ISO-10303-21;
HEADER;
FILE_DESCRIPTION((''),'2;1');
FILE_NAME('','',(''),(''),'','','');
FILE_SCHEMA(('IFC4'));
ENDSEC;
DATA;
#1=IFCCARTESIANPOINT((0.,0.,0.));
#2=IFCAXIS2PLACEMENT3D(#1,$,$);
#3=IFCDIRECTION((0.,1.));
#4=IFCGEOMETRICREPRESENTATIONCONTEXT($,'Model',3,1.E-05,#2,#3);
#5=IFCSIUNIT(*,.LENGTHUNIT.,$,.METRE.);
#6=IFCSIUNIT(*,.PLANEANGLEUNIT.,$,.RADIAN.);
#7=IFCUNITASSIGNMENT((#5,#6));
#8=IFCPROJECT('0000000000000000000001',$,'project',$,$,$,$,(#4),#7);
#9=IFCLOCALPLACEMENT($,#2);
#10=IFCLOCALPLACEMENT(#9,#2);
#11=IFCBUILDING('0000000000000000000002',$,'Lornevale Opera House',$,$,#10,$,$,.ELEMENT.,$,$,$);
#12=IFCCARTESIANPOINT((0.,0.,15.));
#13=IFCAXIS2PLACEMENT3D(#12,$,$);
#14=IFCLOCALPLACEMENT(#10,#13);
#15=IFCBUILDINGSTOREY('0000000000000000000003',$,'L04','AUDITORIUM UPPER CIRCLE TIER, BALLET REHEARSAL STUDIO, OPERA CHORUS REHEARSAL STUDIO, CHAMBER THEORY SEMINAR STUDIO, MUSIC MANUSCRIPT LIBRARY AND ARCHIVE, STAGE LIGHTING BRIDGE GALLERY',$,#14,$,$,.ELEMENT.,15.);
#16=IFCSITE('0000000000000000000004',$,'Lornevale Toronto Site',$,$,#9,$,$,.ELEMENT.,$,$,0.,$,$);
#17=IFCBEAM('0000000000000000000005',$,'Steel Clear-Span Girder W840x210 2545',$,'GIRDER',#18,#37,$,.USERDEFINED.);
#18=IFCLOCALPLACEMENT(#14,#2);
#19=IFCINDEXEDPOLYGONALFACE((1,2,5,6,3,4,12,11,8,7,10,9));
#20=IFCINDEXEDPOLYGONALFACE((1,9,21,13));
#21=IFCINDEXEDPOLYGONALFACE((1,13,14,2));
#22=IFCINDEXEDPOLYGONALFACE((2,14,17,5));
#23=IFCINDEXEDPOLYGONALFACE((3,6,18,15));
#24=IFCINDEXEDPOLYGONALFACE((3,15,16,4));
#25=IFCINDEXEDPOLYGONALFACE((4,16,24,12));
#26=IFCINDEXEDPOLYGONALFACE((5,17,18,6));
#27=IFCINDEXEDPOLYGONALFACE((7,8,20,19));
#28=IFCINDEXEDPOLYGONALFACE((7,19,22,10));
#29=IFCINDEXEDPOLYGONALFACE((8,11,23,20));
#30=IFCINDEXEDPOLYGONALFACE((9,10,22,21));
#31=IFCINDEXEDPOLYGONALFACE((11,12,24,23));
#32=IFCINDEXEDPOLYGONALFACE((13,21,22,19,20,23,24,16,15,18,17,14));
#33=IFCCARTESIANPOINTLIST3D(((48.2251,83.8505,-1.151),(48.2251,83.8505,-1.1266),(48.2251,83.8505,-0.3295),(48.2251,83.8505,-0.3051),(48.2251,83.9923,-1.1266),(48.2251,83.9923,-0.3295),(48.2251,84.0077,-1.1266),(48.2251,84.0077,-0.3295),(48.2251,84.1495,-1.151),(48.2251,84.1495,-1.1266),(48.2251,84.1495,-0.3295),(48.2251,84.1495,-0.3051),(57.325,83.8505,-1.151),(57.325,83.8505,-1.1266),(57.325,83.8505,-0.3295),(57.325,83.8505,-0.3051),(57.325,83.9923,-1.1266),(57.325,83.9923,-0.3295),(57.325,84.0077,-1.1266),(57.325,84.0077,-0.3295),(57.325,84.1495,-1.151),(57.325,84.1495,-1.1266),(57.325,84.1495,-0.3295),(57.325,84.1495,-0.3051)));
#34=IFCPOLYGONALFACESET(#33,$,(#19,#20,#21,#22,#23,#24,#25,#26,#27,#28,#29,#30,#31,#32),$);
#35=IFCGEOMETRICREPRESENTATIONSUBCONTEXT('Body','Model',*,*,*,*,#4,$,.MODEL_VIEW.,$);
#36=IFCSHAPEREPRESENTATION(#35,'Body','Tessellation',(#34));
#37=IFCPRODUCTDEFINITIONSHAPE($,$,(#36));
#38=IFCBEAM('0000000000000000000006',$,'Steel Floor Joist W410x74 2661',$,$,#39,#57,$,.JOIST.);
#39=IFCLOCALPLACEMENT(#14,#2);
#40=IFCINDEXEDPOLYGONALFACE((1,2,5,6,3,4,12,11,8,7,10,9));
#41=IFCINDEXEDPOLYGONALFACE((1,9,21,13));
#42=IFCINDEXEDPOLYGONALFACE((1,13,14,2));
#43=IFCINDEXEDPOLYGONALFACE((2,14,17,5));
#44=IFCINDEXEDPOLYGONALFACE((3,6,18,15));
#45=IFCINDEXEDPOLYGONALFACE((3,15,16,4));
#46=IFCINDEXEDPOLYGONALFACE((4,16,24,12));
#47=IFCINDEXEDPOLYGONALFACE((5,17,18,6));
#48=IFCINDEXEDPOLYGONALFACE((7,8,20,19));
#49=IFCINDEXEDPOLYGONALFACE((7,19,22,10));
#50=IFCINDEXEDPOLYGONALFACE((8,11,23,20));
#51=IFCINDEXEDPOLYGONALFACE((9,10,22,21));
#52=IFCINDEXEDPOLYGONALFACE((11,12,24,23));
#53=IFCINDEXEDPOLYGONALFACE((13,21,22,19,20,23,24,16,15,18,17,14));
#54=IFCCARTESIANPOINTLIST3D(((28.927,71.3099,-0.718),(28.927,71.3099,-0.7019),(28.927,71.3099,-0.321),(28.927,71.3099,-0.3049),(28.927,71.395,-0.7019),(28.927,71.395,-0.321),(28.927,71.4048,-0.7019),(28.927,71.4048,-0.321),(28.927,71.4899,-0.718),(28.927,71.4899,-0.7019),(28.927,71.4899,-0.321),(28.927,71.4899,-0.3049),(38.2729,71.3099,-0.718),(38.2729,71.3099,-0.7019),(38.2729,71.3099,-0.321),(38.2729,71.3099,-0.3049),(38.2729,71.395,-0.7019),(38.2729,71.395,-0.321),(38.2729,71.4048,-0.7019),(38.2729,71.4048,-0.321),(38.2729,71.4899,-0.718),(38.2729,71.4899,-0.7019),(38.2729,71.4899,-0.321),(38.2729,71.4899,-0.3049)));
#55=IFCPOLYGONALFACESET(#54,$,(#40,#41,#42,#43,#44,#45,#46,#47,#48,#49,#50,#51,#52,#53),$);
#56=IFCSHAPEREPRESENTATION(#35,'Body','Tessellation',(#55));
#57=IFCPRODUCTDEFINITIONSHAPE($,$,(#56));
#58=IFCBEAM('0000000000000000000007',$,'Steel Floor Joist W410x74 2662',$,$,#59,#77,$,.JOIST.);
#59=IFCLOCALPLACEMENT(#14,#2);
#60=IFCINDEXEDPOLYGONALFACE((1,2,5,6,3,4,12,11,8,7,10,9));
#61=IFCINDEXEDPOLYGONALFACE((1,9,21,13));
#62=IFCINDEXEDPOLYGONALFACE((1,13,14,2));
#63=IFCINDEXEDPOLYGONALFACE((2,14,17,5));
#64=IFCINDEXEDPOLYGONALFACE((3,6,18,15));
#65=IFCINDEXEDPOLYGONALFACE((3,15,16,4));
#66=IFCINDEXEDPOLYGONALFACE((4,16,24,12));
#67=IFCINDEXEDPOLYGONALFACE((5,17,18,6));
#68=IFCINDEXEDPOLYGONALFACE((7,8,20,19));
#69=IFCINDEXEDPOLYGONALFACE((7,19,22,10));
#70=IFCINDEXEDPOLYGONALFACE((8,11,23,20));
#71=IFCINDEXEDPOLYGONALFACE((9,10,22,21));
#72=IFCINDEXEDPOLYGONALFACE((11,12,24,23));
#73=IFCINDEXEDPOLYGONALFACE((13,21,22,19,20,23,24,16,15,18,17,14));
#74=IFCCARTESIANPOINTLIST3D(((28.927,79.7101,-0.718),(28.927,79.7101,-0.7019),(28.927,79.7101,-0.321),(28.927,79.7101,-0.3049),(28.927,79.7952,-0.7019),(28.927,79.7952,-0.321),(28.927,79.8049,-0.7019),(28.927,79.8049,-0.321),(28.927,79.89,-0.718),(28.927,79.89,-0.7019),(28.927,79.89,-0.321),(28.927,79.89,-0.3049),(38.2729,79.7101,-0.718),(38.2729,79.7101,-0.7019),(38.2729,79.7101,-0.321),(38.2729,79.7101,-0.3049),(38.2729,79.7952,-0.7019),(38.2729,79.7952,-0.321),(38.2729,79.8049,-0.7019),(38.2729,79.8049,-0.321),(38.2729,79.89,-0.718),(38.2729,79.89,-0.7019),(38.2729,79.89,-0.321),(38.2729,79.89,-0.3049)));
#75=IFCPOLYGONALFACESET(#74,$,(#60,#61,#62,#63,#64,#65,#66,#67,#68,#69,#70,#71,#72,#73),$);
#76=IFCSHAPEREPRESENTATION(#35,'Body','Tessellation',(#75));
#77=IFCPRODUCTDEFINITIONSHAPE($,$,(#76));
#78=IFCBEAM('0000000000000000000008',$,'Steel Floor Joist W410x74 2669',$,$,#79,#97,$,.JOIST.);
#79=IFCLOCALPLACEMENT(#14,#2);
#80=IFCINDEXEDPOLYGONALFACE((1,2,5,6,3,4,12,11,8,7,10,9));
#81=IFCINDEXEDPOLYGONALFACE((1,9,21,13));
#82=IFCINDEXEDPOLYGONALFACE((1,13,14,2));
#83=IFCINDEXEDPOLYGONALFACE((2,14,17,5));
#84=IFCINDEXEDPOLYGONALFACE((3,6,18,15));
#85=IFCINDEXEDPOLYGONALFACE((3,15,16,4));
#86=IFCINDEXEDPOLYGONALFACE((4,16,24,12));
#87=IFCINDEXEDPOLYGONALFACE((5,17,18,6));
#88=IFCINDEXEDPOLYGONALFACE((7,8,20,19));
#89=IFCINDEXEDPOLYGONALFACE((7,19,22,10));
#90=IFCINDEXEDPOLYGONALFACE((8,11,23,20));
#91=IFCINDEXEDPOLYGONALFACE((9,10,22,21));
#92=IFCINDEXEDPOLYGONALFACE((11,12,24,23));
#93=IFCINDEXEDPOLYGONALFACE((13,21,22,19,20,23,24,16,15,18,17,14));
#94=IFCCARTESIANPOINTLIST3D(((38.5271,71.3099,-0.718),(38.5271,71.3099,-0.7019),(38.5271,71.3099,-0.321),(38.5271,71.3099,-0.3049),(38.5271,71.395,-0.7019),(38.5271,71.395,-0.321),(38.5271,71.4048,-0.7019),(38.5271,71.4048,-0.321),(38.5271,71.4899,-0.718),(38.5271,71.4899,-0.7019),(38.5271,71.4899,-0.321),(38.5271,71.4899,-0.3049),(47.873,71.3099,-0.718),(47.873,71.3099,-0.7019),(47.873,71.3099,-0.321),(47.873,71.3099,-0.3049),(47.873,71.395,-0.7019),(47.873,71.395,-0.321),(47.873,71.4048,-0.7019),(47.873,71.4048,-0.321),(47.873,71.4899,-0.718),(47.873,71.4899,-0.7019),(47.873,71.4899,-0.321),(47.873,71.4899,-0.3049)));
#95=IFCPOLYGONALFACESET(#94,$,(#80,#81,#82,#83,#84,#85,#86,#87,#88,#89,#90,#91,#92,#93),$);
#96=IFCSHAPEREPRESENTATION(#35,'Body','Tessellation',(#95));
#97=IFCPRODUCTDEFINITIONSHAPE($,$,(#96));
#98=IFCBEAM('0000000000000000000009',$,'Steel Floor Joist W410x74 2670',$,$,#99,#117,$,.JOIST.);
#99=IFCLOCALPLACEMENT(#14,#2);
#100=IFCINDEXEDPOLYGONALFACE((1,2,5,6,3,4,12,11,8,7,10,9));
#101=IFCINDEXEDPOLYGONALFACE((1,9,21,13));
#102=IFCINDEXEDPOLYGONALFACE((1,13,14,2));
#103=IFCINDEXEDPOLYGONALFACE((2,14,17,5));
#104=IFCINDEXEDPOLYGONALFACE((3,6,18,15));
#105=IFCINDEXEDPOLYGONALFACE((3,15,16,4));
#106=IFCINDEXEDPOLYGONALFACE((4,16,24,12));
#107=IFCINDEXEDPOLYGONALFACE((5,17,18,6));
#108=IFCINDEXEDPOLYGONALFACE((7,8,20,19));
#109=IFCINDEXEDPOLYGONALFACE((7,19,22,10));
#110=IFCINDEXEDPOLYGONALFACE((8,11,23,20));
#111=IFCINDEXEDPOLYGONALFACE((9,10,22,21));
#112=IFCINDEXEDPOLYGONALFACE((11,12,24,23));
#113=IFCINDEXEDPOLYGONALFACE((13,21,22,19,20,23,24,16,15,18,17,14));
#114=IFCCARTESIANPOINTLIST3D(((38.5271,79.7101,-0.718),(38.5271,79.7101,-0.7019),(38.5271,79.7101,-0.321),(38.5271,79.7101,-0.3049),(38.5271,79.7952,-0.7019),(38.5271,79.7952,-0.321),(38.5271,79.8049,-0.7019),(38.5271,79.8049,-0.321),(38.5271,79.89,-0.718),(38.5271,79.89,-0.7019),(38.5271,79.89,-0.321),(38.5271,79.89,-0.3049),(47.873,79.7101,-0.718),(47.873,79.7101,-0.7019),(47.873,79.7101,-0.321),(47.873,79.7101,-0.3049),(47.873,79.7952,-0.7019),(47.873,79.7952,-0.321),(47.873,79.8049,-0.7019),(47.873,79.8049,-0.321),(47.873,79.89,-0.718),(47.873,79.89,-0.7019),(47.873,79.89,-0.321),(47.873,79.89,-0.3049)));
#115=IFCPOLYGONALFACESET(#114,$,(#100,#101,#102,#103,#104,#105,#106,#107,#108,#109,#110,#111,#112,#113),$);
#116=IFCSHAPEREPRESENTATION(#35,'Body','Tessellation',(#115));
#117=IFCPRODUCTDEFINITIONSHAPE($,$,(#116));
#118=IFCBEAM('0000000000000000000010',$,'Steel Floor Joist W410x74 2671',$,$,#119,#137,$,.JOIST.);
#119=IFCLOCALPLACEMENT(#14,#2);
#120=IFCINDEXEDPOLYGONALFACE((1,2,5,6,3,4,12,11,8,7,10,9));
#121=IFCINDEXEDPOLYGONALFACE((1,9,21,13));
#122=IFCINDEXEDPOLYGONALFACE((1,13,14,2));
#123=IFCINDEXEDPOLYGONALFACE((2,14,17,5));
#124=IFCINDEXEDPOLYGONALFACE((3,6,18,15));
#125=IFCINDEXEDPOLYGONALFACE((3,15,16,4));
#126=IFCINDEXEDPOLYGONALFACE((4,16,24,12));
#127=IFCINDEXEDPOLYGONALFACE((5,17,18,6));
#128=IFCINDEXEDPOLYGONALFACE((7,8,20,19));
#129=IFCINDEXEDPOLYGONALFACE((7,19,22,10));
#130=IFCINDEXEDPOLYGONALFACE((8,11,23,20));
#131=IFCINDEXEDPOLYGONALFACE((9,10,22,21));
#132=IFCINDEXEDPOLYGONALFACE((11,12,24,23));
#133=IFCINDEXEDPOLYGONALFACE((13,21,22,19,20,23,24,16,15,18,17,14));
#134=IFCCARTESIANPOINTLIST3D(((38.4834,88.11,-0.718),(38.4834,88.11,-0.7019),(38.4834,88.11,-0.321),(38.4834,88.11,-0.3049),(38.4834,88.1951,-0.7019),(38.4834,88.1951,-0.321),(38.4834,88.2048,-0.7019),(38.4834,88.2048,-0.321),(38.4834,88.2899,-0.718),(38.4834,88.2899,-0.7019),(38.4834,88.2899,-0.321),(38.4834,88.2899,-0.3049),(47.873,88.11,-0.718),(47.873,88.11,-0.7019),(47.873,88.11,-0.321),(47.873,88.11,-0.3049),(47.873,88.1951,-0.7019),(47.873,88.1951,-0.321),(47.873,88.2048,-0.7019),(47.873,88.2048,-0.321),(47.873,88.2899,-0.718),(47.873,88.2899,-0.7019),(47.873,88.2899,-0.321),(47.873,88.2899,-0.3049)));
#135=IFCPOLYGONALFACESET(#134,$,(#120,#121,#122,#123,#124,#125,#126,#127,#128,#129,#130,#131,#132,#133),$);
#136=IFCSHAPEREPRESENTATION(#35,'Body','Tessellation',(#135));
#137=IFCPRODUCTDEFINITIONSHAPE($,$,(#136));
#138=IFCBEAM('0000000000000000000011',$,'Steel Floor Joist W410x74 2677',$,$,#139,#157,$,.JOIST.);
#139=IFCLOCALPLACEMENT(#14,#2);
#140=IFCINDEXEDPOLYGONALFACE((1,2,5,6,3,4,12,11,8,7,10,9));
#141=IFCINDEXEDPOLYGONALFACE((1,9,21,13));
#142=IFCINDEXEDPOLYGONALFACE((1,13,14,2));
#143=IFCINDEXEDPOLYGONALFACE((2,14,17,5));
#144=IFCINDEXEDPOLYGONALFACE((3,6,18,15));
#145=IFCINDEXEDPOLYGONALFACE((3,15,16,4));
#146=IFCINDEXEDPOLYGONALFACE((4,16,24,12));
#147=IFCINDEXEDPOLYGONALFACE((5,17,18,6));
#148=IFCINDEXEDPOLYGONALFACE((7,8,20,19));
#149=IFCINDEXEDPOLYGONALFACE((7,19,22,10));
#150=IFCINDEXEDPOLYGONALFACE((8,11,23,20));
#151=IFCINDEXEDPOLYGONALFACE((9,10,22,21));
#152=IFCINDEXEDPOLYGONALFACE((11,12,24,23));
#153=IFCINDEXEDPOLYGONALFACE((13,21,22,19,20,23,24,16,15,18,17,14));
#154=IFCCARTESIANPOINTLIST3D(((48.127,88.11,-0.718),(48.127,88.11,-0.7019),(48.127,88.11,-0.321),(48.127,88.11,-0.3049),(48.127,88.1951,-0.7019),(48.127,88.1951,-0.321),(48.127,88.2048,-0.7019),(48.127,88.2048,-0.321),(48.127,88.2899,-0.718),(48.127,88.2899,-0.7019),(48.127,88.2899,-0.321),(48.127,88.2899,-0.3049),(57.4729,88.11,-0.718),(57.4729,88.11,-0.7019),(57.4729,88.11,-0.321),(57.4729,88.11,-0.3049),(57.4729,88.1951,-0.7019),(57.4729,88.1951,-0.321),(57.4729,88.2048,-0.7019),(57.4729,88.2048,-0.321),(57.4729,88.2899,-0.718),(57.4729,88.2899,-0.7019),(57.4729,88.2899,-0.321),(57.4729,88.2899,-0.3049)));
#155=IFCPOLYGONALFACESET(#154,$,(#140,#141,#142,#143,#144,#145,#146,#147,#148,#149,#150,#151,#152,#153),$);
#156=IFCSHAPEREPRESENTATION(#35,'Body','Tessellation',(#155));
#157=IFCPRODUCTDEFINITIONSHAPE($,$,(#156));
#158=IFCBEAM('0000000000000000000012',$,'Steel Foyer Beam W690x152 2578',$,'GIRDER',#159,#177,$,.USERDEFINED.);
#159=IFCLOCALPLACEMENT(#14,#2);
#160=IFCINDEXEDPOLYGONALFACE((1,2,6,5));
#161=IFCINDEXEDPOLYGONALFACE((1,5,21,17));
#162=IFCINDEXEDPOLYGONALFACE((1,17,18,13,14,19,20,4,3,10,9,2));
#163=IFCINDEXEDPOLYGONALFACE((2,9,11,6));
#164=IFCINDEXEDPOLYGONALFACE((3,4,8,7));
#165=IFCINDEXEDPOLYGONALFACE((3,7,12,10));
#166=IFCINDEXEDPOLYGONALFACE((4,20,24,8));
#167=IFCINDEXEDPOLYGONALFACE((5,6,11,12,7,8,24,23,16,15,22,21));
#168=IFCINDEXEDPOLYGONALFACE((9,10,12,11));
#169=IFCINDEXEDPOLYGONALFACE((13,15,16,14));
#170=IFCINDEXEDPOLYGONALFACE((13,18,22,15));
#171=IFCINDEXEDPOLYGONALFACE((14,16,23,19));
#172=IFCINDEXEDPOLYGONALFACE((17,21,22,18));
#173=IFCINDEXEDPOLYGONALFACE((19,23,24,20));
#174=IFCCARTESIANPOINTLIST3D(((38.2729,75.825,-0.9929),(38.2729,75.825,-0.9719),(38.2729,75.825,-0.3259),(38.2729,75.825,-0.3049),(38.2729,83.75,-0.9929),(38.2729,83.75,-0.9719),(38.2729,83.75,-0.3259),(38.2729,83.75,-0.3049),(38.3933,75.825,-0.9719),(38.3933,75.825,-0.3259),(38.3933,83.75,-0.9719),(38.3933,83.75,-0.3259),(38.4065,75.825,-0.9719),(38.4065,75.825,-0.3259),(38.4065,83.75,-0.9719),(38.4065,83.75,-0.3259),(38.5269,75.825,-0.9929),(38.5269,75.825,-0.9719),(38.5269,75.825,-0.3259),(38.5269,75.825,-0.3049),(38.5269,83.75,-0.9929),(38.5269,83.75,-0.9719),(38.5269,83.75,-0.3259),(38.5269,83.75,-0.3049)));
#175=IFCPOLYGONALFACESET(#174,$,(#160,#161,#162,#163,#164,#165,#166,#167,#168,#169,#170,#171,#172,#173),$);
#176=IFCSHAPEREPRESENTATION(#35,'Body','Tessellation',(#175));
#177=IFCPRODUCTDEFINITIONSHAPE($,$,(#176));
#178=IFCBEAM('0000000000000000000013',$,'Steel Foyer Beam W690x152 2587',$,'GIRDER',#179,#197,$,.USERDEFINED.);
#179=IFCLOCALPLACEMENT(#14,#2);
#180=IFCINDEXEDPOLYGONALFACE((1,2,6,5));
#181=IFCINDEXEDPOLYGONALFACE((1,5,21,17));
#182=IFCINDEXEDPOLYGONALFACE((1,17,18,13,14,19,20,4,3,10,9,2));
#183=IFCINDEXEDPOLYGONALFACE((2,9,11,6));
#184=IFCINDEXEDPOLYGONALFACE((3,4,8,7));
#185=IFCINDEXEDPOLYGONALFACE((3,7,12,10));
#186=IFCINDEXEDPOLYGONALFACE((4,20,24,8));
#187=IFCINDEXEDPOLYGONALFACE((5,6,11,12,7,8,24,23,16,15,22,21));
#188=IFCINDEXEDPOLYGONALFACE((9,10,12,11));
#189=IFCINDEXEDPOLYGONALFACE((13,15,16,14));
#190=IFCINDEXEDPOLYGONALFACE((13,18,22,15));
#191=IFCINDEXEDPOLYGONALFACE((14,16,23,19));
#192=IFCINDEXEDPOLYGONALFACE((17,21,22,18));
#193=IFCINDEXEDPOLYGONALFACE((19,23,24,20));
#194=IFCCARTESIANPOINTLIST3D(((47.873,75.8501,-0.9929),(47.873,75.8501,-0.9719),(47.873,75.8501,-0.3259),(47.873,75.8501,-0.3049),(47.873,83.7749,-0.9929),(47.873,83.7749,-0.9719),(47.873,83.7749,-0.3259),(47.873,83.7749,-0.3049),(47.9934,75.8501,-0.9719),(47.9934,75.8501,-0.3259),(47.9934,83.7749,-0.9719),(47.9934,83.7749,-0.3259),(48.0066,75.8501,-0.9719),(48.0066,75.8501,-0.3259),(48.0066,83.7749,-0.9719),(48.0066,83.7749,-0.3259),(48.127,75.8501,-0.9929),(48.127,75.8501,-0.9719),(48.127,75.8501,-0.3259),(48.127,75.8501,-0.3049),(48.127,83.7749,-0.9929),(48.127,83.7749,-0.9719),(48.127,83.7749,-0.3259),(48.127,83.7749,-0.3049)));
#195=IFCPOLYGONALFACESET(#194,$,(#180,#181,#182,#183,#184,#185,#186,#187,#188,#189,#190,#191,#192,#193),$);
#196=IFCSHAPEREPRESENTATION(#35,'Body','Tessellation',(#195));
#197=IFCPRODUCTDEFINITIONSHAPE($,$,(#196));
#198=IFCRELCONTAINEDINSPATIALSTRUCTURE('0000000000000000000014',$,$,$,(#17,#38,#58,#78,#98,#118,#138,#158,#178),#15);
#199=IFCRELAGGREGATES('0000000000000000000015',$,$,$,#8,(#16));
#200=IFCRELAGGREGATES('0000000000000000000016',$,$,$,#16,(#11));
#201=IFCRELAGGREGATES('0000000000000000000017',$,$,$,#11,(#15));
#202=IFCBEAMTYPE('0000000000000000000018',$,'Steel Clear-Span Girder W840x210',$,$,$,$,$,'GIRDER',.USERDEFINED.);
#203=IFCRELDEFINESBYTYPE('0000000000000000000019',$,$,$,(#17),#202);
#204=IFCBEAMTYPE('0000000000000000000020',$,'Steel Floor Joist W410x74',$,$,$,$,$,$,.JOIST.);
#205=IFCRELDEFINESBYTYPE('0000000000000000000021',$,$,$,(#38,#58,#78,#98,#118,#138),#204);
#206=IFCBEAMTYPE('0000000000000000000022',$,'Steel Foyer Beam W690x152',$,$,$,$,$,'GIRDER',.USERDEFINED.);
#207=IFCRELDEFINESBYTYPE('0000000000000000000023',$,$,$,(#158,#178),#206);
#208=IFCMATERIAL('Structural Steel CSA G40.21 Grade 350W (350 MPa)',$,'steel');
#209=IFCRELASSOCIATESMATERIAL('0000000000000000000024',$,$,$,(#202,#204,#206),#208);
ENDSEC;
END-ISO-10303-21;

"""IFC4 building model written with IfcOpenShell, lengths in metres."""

from ifc_helpers import new_model, si_unit, direction, frame, origin, origin_2d, place, context, subcontext, project, spatial, i_section, extrude, material, material_profile, profile_set, type_object, element, save


model = new_model("IFC4")

# Units and contexts
model_context = context("Model", 3, precision=1e-05, world=origin(), true_north=direction((0.0, 1.0)))
body_context = subcontext(model_context, "Body", "Model", "MODEL_VIEW")
ifc_project = project(units=[si_unit("LENGTHUNIT", "METRE"), si_unit("PLANEANGLEUNIT", "RADIAN")], contexts=[model_context])

# Site, building, storey
site_placement = place(None, origin())
site = spatial("IfcSite", under=ifc_project, at=site_placement, Name="Lornevale Toronto Site", CompositionType="ELEMENT", RefElevation=0.0)
building_placement = place(site_placement, origin())
building = spatial("IfcBuilding", under=site, at=building_placement, Name="Lornevale Opera House", CompositionType="ELEMENT")
storey_placement = place(building_placement, frame((0.0, 0.0, 15.0)))
storey = spatial("IfcBuildingStorey", under=building, at=storey_placement, Name="L04", Description="AUDITORIUM UPPER CIRCLE TIER, BALLET REHEARSAL STUDIO, OPERA CHORUS REHEARSAL STUDIO, CHAMBER THEORY SEMINAR STUDIO, MUSIC MANUSCRIPT LIBRARY AND ARCHIVE, STAGE LIGHTING BRIDGE GALLERY", CompositionType="ELEMENT", Elevation=15.0)

# Shared definitions
ifc_material_1 = material(Name="Structural Steel CSA G40.21 Grade 350W (350 MPa)", Category="steel")

# Beams
ifc_material_profile_1 = material_profile(ifc_material_1, i_section(OverallWidth=0.2991, OverallDepth=0.8459, WebThickness=0.0154, FlangeThickness=0.0244, at=origin_2d()), Name="W840x210")
ifc_profile_set_1 = profile_set([ifc_material_profile_1], Name="Structural Steel CSA G40.21 Grade 350W (350 MPa)")
beam_type_1 = type_object("IfcBeamType", Name="Steel Clear-Span Girder W840x210", ElementType="GIRDER", PredefinedType="USERDEFINED", material=ifc_profile_set_1)
beam_1_placement = place(storey_placement, frame((48.2251, 84.0, -0.728), z_axis=(1.0, 0.0, 0.0), x_axis=(0.0, 1.0, 0.0)))
element("IfcBeam", 1, at=beam_1_placement, inside=storey, type_object=beam_type_1, Name="Steel Clear-Span Girder W840x210 2545", ObjectType="GIRDER", PredefinedType="USERDEFINED", context=body_context, shape_type="SweptSolid", body=[
    extrude(i_section(OverallWidth=0.2991, OverallDepth=0.8459, WebThickness=0.0154, FlangeThickness=0.0244, at=origin_2d()), origin(), (0.0, 0.0, 1.0), 9.0999),
])
ifc_material_profile_2 = material_profile(ifc_material_1, i_section(OverallWidth=0.1799, OverallDepth=0.4131, WebThickness=0.0098, FlangeThickness=0.0161, at=origin_2d()), Name="W410x74")
ifc_profile_set_2 = profile_set([ifc_material_profile_2], Name="Structural Steel CSA G40.21 Grade 350W (350 MPa)")
beam_type_2 = type_object("IfcBeamType", Name="Steel Floor Joist W410x74", PredefinedType="JOIST", material=ifc_profile_set_2)
for number, where, z_axis, x_axis, name in (
    (2, (28.927, 71.3999, -0.5115), (1.0, 0.0, 0.0), (0.0, 1.0, 0.0), "Steel Floor Joist W410x74 2661"),
    (3, (28.927, 79.8, -0.5115), (1.0, 0.0, 0.0), (0.0, 1.0, 0.0), "Steel Floor Joist W410x74 2662"),
    (4, (38.5271, 71.3999, -0.5115), (1.0, 0.0, 0.0), (0.0, 1.0, 0.0), "Steel Floor Joist W410x74 2669"),
    (5, (38.5271, 79.8, -0.5115), (1.0, 0.0, 0.0), (0.0, 1.0, 0.0), "Steel Floor Joist W410x74 2670"),
):
    element("IfcBeam", number, at=place(storey_placement, frame(where, z_axis=z_axis, x_axis=x_axis)), inside=storey, type_object=beam_type_2, Name=name, PredefinedType="JOIST", context=body_context, shape_type="SweptSolid", body=[
        extrude(i_section(OverallWidth=0.1799, OverallDepth=0.4131, WebThickness=0.0098, FlangeThickness=0.0161, at=origin_2d()), origin(), (0.0, 0.0, 1.0), 9.3459),
    ])
beam_2_placement = place(storey_placement, frame((38.4834, 88.2, -0.5115), z_axis=(1.0, 0.0, 0.0), x_axis=(0.0, 1.0, 0.0)))
element("IfcBeam", 6, at=beam_2_placement, inside=storey, type_object=beam_type_2, Name="Steel Floor Joist W410x74 2671", PredefinedType="JOIST", context=body_context, shape_type="SweptSolid", body=[
    extrude(i_section(OverallWidth=0.1799, OverallDepth=0.4131, WebThickness=0.0098, FlangeThickness=0.0161, at=origin_2d()), origin(), (0.0, 0.0, 1.0), 9.3896),
])
beam_3_placement = place(storey_placement, frame((48.127, 88.2, -0.5115), z_axis=(1.0, 0.0, 0.0), x_axis=(0.0, 1.0, 0.0)))
element("IfcBeam", 7, at=beam_3_placement, inside=storey, type_object=beam_type_2, Name="Steel Floor Joist W410x74 2677", PredefinedType="JOIST", context=body_context, shape_type="SweptSolid", body=[
    extrude(i_section(OverallWidth=0.1799, OverallDepth=0.4131, WebThickness=0.0098, FlangeThickness=0.0161, at=origin_2d()), origin(), (0.0, 0.0, 1.0), 9.3459),
])
ifc_material_profile_3 = material_profile(ifc_material_1, i_section(OverallWidth=0.2539, OverallDepth=0.688, WebThickness=0.0132, FlangeThickness=0.021, at=origin_2d()), Name="W690x152")
ifc_profile_set_3 = profile_set([ifc_material_profile_3], Name="Structural Steel CSA G40.21 Grade 350W (350 MPa)")
beam_type_3 = type_object("IfcBeamType", Name="Steel Foyer Beam W690x152", ElementType="GIRDER", PredefinedType="USERDEFINED", material=ifc_profile_set_3)
beam_4_placement = place(storey_placement, frame((38.3999, 75.825, -0.6489), z_axis=(0.0, 1.0, 0.0), x_axis=(-1.0, 0.0, 0.0)))
element("IfcBeam", 8, at=beam_4_placement, inside=storey, type_object=beam_type_3, Name="Steel Foyer Beam W690x152 2578", ObjectType="GIRDER", PredefinedType="USERDEFINED", context=body_context, shape_type="SweptSolid", body=[
    extrude(i_section(OverallWidth=0.2539, OverallDepth=0.688, WebThickness=0.0132, FlangeThickness=0.021, at=origin_2d()), origin(), (0.0, 0.0, 1.0), 7.925),
])
for number, where, z_axis, x_axis, name in (
    (9, (48.0, 75.8501, -0.6489), (0.0, 1.0, 0.0), (-1.0, 0.0, 0.0), "Steel Foyer Beam W690x152 2587"),
):
    element("IfcBeam", number, at=place(storey_placement, frame(where, z_axis=z_axis, x_axis=x_axis)), inside=storey, type_object=beam_type_3, Name=name, ObjectType="GIRDER", PredefinedType="USERDEFINED", context=body_context, shape_type="SweptSolid", body=[
        extrude(i_section(OverallWidth=0.2539, OverallDepth=0.688, WebThickness=0.0132, FlangeThickness=0.021, at=origin_2d()), origin(), (0.0, 0.0, 1.0), 7.9248),
    ])

save(model, "model.ifc")
